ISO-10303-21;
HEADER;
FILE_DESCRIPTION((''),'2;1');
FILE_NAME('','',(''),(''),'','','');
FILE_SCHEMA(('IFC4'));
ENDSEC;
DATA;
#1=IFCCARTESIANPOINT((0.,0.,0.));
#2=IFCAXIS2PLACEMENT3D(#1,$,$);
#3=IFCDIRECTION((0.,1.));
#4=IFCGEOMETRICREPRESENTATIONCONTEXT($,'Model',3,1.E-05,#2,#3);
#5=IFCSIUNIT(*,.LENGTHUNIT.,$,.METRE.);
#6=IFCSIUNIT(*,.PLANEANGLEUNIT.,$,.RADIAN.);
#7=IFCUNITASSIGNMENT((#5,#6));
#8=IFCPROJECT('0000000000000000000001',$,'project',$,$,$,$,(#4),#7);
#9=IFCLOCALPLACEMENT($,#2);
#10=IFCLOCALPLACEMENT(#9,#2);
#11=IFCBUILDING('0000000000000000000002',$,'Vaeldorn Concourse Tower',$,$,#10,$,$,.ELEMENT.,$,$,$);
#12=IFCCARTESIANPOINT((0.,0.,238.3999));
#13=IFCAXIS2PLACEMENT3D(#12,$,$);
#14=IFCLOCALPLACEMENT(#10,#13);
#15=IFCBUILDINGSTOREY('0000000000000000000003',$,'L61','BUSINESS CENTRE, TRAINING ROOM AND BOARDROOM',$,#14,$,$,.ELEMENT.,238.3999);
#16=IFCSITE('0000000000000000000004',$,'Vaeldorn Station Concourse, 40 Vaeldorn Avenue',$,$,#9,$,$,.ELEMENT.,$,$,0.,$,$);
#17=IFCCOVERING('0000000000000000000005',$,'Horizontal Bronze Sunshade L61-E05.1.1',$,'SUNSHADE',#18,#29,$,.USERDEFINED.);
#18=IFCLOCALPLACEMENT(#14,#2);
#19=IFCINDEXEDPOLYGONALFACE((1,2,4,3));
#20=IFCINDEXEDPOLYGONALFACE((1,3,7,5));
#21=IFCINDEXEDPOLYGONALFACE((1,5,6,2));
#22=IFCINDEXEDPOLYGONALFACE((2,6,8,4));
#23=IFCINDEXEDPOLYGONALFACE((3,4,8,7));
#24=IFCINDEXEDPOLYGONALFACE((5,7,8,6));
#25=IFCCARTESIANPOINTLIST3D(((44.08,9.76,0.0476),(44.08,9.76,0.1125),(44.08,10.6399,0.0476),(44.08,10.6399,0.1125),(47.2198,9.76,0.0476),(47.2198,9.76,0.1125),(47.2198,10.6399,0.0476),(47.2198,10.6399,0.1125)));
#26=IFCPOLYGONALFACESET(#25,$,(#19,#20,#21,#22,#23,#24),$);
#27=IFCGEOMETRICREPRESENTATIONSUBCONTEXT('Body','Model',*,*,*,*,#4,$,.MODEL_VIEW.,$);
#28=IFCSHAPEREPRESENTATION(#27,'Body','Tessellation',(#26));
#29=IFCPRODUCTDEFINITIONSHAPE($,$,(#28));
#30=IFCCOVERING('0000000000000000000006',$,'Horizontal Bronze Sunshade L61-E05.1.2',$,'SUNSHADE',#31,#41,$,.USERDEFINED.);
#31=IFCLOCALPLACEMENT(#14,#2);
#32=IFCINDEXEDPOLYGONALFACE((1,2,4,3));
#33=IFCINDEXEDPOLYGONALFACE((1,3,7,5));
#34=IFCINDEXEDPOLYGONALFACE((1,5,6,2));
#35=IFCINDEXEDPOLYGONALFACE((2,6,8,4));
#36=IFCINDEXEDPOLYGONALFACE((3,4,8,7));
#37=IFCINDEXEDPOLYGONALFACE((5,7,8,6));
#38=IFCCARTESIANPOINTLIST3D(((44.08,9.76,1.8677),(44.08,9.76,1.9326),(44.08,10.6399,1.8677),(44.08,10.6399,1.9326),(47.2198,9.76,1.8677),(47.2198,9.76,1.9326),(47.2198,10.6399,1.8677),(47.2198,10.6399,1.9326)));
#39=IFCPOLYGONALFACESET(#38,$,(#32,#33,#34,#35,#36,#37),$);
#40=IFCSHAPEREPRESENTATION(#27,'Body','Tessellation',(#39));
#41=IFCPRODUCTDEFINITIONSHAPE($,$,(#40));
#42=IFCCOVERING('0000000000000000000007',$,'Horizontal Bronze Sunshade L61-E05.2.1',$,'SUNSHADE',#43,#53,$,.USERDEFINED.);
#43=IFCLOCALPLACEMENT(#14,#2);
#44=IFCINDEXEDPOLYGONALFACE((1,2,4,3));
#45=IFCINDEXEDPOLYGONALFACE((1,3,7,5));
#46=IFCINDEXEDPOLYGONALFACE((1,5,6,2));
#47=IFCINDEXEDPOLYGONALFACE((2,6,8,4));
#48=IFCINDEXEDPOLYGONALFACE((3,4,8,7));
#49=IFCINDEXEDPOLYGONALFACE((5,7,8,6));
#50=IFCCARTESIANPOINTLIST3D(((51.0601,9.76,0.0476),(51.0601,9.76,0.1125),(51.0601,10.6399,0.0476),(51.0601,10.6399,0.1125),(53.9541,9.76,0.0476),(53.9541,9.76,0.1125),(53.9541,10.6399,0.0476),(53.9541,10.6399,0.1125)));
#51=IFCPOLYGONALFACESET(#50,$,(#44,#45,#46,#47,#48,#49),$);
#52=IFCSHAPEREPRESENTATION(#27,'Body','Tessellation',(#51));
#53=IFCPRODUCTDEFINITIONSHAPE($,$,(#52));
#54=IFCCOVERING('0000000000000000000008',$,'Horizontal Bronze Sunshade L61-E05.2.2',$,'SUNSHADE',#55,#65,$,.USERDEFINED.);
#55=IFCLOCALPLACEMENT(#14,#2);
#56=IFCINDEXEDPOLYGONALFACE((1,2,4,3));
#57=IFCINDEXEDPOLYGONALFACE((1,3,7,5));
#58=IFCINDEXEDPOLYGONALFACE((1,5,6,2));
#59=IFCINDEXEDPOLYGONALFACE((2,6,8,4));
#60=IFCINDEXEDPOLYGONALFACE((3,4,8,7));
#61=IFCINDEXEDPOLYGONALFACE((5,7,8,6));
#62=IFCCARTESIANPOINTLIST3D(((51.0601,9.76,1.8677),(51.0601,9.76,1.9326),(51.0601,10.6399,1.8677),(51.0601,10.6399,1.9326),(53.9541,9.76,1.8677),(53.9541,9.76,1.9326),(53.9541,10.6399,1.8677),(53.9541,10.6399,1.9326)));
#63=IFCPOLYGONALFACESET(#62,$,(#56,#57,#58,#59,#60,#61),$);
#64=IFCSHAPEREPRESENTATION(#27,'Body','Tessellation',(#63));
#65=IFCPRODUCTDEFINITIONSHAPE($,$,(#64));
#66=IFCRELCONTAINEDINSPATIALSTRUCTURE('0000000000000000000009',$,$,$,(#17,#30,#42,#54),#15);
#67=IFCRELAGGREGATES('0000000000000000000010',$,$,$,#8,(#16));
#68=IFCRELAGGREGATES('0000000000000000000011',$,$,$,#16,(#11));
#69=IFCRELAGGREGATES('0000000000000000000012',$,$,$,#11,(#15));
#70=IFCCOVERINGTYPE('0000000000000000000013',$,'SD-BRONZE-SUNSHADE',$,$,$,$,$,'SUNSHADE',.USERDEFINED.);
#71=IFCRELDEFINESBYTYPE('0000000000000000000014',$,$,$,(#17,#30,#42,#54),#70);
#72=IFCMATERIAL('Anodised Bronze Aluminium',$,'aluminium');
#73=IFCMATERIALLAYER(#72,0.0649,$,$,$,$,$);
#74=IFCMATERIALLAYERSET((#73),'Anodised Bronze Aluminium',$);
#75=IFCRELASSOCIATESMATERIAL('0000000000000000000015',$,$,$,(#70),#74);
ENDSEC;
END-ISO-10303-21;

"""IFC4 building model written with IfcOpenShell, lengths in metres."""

from ifc_helpers import new_model, si_unit, direction, frame, origin, origin_2d, place, context, subcontext, project, spatial, rectangle, extrude, source, transform, mapped, material, layer, layer_set, type_object, element, save


model = new_model("IFC4")

# Units and contexts
model_context = context("Model", 3, precision=1e-05, world=origin(), true_north=direction((0.0, 1.0)))
body_context = subcontext(model_context, "Body", "Model", "MODEL_VIEW")
ifc_project = project(units=[si_unit("LENGTHUNIT", "METRE"), si_unit("PLANEANGLEUNIT", "RADIAN")], contexts=[model_context])

# Site, building, storey
site_placement = place(None, origin())
site = spatial("IfcSite", under=ifc_project, at=site_placement, Name="Vaeldorn Station Concourse, 40 Vaeldorn Avenue", CompositionType="ELEMENT", RefElevation=0.0)
building_placement = place(site_placement, origin())
building = spatial("IfcBuilding", under=site, at=building_placement, Name="Vaeldorn Concourse Tower", CompositionType="ELEMENT")
storey_placement = place(building_placement, frame((0.0, 0.0, 238.3999)))
storey = spatial("IfcBuildingStorey", under=building, at=storey_placement, Name="L61", Description="BUSINESS CENTRE, TRAINING ROOM AND BOARDROOM", CompositionType="ELEMENT", Elevation=238.3999)

# Shared definitions
ifc_material_1 = material(Name="Anodised Bronze Aluminium", Category="aluminium")

# Coverings
ifc_layer_1 = layer(ifc_material_1, 0.0649)
ifc_layer_set_1 = layer_set([ifc_layer_1], Name="Anodised Bronze Aluminium")
covering_type = type_object("IfcCoveringType", Name="SD-BRONZE-SUNSHADE", ElementType="SUNSHADE", PredefinedType="USERDEFINED", material=ifc_layer_set_1)
shared_shape_1 = source(origin(), body_context, "Body", "SweptSolid", [
    extrude(rectangle(XDim=3.1399, YDim=0.8799, at=origin_2d()), origin(), (0.0, 0.0, 1.0), 0.0649),
])
for number, where, z_axis, x_axis, name in (
    (1, (45.6499, 10.2, 0.0476), (0.0, 0.0, 1.0), (1.0, 0.0, 0.0), "Horizontal Bronze Sunshade L61-E05.1.1"),
    (2, (45.6499, 10.2, 1.8677), (0.0, 0.0, 1.0), (1.0, 0.0, 0.0), "Horizontal Bronze Sunshade L61-E05.1.2"),
):
    element("IfcCovering", number, at=place(storey_placement, frame(where, z_axis=z_axis, x_axis=x_axis)), inside=storey, type_object=covering_type, Name=name, ObjectType="SUNSHADE", PredefinedType="USERDEFINED", context=body_context, shape_type="MappedRepresentation", body=[
        mapped(shared_shape_1, transform((0.0, 0.0, 0.0), scale=1.0)),
    ])
shared_shape_2 = source(origin(), body_context, "Body", "SweptSolid", [
    extrude(rectangle(XDim=2.894, YDim=0.8799, at=origin_2d()), origin(), (0.0, 0.0, 1.0), 0.0649),
])
for number, where, z_axis, x_axis, name in (
    (3, (52.5071, 10.2, 0.0476), (0.0, 0.0, 1.0), (1.0, 0.0, 0.0), "Horizontal Bronze Sunshade L61-E05.2.1"),
    (4, (52.5071, 10.2, 1.8677), (0.0, 0.0, 1.0), (1.0, 0.0, 0.0), "Horizontal Bronze Sunshade L61-E05.2.2"),
):
    element("IfcCovering", number, at=place(storey_placement, frame(where, z_axis=z_axis, x_axis=x_axis)), inside=storey, type_object=covering_type, Name=name, ObjectType="SUNSHADE", PredefinedType="USERDEFINED", context=body_context, shape_type="MappedRepresentation", body=[
        mapped(shared_shape_2, transform((0.0, 0.0, 0.0), scale=1.0)),
    ])

save(model, "model.ifc")
